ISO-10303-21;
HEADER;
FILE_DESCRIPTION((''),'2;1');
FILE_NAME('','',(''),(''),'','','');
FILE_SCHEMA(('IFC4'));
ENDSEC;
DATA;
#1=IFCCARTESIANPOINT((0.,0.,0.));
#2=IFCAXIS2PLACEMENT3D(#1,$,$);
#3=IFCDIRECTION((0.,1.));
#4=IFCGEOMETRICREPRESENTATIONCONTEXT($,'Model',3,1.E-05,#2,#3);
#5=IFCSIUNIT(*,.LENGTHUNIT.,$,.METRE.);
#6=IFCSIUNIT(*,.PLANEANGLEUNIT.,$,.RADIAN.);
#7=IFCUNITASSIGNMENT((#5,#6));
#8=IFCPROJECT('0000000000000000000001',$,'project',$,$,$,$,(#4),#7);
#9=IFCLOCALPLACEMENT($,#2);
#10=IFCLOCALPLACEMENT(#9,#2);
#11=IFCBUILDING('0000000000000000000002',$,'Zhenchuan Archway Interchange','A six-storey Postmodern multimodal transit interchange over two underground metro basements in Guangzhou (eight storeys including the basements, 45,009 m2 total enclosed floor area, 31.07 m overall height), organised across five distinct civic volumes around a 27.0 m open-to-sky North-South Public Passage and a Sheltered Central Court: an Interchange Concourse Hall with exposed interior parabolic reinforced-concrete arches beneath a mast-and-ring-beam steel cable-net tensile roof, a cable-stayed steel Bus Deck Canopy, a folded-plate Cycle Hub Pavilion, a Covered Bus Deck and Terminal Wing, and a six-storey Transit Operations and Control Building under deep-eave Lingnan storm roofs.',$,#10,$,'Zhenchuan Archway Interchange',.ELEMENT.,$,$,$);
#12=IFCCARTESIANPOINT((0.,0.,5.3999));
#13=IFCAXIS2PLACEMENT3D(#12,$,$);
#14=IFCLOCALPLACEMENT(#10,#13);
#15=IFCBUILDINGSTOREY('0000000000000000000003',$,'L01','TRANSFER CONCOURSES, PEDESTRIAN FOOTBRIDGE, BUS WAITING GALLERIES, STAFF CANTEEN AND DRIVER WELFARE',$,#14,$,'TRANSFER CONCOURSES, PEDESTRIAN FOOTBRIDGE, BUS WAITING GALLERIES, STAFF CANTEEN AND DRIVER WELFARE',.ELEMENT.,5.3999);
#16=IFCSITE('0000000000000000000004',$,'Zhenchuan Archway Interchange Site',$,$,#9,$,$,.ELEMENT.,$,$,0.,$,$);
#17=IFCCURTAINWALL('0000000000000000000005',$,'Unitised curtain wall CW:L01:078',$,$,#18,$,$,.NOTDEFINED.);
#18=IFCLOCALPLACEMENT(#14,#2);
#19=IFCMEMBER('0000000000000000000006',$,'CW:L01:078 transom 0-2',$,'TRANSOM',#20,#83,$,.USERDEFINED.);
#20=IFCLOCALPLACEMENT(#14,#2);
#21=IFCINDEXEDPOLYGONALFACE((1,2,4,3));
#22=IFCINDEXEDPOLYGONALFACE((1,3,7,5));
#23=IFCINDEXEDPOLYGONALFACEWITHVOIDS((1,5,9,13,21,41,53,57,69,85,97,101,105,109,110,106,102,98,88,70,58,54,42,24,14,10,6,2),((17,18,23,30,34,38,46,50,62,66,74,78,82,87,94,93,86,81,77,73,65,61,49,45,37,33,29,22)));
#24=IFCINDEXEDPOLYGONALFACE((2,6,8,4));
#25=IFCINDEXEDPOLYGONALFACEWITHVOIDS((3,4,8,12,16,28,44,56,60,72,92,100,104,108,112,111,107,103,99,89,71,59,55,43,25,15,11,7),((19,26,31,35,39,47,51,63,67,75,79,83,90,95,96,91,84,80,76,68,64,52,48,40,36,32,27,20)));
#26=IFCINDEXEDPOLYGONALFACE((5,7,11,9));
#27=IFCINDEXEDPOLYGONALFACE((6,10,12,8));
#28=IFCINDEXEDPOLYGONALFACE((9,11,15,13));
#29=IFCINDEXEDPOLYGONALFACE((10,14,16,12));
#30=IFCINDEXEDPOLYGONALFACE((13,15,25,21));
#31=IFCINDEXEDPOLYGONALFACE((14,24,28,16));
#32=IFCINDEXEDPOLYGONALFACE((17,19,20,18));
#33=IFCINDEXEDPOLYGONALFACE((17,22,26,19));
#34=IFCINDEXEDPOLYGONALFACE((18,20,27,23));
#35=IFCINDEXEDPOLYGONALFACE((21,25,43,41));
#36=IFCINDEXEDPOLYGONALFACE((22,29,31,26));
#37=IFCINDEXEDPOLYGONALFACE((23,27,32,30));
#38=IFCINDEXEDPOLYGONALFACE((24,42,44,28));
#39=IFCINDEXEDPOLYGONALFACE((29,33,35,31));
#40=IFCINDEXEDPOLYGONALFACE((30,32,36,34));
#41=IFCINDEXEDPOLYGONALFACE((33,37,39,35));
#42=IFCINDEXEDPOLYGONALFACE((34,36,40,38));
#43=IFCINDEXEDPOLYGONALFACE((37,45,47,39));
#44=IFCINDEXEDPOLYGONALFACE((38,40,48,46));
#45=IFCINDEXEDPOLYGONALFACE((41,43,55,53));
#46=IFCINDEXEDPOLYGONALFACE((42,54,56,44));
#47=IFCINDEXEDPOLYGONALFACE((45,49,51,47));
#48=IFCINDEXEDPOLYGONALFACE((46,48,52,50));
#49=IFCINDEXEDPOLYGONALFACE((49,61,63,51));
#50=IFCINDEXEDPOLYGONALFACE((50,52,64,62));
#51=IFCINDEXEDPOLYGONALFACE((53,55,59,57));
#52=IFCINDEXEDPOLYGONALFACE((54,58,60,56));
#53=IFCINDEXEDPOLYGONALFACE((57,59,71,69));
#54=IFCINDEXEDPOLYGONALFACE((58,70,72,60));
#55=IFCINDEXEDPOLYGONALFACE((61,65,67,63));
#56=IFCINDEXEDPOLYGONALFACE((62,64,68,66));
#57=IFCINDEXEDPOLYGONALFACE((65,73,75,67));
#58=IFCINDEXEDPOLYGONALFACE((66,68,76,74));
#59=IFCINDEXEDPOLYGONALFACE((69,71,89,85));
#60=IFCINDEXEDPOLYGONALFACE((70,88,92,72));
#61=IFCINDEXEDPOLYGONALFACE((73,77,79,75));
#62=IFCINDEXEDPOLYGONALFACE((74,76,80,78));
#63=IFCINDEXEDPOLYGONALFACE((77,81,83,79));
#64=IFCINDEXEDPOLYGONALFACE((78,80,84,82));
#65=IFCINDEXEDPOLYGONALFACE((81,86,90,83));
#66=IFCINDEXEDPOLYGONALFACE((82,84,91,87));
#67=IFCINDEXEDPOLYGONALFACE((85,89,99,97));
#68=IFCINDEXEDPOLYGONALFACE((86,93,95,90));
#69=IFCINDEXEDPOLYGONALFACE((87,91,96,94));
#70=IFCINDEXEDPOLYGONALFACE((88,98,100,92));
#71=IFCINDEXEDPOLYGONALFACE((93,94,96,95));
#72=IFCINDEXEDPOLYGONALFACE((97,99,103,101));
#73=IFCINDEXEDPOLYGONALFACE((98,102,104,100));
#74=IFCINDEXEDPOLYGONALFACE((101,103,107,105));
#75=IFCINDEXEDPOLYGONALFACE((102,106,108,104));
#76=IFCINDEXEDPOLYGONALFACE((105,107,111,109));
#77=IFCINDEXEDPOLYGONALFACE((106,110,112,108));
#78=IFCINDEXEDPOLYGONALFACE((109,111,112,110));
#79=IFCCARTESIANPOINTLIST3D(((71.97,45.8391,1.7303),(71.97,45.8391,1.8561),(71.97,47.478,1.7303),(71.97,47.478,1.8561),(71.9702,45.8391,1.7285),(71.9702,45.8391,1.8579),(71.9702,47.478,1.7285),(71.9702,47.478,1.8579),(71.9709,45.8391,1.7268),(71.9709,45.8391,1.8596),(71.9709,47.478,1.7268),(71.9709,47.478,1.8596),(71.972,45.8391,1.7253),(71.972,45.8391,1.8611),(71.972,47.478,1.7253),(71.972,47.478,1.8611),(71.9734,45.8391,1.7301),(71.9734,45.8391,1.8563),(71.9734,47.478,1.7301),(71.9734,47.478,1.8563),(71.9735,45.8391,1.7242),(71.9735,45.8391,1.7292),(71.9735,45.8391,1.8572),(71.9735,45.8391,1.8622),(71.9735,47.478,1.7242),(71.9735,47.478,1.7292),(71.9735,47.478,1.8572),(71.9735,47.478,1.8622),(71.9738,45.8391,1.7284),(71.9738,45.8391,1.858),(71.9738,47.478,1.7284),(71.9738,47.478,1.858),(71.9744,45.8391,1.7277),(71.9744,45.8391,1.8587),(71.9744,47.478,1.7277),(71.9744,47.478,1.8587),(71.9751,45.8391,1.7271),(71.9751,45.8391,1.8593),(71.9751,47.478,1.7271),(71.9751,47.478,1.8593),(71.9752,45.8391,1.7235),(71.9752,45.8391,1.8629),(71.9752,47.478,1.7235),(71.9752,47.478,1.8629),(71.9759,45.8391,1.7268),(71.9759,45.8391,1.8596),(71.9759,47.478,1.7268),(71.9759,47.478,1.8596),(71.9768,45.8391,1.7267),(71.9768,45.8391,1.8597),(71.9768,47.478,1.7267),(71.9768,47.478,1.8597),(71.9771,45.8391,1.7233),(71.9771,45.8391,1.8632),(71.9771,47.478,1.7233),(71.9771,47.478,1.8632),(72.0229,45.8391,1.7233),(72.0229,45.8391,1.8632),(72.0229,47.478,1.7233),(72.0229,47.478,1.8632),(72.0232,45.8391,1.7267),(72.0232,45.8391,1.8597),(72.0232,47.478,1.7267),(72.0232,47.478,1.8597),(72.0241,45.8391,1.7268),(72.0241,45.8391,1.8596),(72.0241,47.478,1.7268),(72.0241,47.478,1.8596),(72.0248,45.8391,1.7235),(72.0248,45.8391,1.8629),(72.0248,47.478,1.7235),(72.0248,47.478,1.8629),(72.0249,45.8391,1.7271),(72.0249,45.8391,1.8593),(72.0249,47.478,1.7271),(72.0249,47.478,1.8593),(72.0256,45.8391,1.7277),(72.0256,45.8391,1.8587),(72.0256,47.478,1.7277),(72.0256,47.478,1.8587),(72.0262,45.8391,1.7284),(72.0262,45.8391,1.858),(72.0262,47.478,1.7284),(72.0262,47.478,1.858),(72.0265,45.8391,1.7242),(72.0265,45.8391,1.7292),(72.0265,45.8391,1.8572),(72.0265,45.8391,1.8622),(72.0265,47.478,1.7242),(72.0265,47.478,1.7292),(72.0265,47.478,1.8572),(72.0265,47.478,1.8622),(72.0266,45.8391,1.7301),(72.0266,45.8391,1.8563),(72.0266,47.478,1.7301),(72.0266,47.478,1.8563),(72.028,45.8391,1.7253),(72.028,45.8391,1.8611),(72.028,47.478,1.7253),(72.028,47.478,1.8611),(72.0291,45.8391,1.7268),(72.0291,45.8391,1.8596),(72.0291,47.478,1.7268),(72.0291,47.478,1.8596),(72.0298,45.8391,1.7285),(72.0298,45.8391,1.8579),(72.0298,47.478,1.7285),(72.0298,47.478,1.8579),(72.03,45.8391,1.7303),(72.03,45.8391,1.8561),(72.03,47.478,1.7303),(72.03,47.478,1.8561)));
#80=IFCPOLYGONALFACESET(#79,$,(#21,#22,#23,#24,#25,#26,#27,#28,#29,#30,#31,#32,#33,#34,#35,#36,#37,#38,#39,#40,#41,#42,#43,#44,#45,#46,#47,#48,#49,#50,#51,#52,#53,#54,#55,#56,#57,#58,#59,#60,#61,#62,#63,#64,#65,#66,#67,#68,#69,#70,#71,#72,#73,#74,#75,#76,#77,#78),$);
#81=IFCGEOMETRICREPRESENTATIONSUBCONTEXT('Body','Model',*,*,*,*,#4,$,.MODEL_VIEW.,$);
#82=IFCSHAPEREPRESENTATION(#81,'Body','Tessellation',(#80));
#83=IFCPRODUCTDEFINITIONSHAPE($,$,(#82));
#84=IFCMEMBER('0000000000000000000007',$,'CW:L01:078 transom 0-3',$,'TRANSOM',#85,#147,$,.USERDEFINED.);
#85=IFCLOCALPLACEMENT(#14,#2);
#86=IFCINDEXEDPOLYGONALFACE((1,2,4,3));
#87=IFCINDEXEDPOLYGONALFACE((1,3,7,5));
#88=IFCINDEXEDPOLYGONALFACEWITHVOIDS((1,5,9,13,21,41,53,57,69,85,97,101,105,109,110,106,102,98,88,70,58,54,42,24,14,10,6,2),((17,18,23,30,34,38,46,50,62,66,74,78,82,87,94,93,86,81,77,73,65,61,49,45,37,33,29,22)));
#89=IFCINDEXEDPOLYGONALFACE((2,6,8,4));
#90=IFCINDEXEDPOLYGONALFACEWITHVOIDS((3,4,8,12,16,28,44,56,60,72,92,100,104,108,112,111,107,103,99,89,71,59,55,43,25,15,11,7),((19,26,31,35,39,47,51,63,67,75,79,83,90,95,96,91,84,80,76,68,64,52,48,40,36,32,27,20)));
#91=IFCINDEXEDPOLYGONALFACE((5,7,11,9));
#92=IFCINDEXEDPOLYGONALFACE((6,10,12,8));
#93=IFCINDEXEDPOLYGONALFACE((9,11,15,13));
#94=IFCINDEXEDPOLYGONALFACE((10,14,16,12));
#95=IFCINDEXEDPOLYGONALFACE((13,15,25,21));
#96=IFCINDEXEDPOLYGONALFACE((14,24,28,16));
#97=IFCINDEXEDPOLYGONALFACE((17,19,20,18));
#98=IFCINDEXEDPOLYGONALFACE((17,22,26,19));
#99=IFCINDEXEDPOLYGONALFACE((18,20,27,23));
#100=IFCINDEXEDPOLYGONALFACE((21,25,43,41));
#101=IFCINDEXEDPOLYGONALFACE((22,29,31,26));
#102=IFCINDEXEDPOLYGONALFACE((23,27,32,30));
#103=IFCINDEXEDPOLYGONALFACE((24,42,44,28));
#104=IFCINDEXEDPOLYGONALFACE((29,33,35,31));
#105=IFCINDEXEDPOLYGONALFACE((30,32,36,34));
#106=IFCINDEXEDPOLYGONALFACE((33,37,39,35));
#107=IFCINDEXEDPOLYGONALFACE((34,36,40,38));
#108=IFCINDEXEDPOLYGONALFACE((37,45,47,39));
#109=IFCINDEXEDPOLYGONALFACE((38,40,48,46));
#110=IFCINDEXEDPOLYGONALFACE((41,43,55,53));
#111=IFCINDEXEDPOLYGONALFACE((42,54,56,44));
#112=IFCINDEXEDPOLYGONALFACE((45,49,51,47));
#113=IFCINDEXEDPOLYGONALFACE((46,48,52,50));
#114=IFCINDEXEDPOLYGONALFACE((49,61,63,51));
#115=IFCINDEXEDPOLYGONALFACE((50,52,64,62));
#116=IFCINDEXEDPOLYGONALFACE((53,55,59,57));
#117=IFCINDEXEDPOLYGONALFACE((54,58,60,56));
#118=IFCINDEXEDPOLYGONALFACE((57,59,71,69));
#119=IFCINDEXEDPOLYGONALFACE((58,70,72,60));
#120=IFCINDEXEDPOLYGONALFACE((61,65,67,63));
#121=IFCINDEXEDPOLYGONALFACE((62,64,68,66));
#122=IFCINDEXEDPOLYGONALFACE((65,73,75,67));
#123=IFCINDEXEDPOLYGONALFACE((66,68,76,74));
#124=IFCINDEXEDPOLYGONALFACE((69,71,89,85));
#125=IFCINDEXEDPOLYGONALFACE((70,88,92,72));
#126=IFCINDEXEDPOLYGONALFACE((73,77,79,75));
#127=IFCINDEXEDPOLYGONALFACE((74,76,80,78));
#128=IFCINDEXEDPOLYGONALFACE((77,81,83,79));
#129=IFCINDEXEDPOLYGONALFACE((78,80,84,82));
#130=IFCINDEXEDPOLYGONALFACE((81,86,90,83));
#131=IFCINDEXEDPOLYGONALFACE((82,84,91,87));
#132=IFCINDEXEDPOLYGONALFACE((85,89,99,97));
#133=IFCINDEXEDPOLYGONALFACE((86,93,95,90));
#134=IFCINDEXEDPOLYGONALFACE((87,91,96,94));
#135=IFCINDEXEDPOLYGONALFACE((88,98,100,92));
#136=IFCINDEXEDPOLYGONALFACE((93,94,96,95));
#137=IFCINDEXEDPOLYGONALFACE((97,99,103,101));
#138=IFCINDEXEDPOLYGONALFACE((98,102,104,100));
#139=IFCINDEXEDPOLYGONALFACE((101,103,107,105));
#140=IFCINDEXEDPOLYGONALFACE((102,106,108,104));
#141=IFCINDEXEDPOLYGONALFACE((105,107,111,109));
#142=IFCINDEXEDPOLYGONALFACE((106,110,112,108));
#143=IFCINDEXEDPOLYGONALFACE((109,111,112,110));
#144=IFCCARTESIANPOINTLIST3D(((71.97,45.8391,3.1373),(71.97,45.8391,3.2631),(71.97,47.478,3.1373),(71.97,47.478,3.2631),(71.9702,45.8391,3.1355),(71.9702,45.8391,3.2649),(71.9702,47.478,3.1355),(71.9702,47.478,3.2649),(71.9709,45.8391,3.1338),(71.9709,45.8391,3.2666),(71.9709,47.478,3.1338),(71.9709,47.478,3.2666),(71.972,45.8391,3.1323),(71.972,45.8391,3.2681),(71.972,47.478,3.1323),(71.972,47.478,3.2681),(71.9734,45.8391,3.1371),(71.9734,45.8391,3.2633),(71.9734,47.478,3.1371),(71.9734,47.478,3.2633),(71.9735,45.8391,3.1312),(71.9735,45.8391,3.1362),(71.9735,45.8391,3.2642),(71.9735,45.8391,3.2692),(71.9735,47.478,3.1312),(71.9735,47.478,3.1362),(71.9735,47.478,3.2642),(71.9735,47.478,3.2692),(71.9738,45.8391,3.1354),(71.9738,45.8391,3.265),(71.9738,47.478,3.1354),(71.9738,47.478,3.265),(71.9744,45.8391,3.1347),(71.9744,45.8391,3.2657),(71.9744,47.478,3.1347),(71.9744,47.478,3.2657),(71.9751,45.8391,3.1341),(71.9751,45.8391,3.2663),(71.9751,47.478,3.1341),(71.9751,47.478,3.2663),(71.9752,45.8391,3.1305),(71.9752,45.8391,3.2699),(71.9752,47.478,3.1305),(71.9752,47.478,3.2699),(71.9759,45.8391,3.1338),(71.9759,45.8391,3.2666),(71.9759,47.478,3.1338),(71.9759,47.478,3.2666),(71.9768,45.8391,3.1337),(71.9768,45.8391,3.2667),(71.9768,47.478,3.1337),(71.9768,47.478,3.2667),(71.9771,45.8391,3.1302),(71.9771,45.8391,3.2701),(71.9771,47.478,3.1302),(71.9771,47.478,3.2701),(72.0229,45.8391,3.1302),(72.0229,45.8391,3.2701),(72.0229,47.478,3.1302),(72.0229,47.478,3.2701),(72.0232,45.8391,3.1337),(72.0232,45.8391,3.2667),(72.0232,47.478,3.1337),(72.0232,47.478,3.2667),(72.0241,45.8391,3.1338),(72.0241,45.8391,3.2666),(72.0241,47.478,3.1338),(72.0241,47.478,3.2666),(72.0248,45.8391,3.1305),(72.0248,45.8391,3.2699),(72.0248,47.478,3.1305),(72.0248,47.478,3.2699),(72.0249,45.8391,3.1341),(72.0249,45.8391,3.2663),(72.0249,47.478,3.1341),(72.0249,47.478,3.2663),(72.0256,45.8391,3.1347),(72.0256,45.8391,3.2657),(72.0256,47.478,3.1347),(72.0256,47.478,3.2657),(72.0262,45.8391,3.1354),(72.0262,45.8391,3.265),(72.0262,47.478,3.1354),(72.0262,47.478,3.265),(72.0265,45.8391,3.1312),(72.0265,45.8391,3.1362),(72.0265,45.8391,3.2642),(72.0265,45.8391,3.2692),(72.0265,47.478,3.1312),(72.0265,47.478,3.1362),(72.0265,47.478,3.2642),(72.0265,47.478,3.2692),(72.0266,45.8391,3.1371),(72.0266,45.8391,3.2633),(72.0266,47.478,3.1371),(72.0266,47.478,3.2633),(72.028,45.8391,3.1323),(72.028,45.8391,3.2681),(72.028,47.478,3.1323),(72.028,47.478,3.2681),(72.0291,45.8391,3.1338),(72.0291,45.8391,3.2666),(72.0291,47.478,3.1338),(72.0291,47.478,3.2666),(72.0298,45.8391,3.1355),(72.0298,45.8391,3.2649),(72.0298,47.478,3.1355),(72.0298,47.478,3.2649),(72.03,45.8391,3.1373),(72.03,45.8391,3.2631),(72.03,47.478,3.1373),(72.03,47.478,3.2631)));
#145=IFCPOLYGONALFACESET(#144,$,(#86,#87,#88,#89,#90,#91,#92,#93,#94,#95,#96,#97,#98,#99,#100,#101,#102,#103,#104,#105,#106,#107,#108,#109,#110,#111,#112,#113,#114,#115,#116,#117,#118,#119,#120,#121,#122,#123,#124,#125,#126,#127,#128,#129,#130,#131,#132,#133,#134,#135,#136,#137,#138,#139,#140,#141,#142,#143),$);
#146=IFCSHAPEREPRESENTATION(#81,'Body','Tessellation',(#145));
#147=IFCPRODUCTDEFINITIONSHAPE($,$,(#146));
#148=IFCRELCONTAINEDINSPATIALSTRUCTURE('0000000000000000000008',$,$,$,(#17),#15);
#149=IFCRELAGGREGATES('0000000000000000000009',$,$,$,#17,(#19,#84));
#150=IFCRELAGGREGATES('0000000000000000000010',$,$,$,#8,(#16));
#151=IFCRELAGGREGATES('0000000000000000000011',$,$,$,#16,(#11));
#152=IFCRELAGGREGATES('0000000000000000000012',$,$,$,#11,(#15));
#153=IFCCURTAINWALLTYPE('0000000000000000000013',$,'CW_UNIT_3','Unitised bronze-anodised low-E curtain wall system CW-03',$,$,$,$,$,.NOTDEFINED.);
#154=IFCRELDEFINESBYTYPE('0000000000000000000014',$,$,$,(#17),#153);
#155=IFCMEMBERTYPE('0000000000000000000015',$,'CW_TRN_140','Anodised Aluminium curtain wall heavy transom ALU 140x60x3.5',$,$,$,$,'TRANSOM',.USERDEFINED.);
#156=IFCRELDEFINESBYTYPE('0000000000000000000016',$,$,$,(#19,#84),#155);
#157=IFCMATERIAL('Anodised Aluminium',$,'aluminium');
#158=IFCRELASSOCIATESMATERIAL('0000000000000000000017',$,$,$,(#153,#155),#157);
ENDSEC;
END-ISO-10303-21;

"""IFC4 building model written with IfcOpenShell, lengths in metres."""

from ifc_helpers import new_model, si_unit, direction, frame, origin, origin_2d, place, context, subcontext, project, spatial, hollow_rectangle, extrude, material, material_profile, profile_set, type_object, element, aggregate, save


model = new_model("IFC4")

# Units and contexts
model_context = context("Model", 3, precision=1e-05, world=origin(), true_north=direction((0.0, 1.0)))
body_context = subcontext(model_context, "Body", "Model", "MODEL_VIEW")
ifc_project = project(units=[si_unit("LENGTHUNIT", "METRE"), si_unit("PLANEANGLEUNIT", "RADIAN")], contexts=[model_context])

# Site, building, storey
site_placement = place(None, origin())
site = spatial("IfcSite", under=ifc_project, at=site_placement, Name="Zhenchuan Archway Interchange Site", CompositionType="ELEMENT", RefElevation=0.0)
building_placement = place(site_placement, origin())
building = spatial("IfcBuilding", under=site, at=building_placement, Name="Zhenchuan Archway Interchange", Description="A six-storey Postmodern multimodal transit interchange over two underground metro basements in Guangzhou (eight storeys including the basements, 45,009 m2 total enclosed floor area, 31.07 m overall height), organised across five distinct civic volumes around a 27.0 m open-to-sky North-South Public Passage and a Sheltered Central Court: an Interchange Concourse Hall with exposed interior parabolic reinforced-concrete arches beneath a mast-and-ring-beam steel cable-net tensile roof, a cable-stayed steel Bus Deck Canopy, a folded-plate Cycle Hub Pavilion, a Covered Bus Deck and Terminal Wing, and a six-storey Transit Operations and Control Building under deep-eave Lingnan storm roofs.", LongName="Zhenchuan Archway Interchange", CompositionType="ELEMENT")
storey_placement = place(building_placement, frame((0.0, 0.0, 5.3999)))
storey = spatial("IfcBuildingStorey", under=building, at=storey_placement, Name="L01", Description="TRANSFER CONCOURSES, PEDESTRIAN FOOTBRIDGE, BUS WAITING GALLERIES, STAFF CANTEEN AND DRIVER WELFARE", LongName="TRANSFER CONCOURSES, PEDESTRIAN FOOTBRIDGE, BUS WAITING GALLERIES, STAFF CANTEEN AND DRIVER WELFARE", CompositionType="ELEMENT", Elevation=5.3999)

# Curtain wall, members
ifc_material_1 = material(Name="Anodised Aluminium", Category="aluminium")
curtain_wall_type = type_object("IfcCurtainWallType", Name="CW_UNIT_3", Description="Unitised bronze-anodised low-E curtain wall system CW-03", PredefinedType="NOTDEFINED", material=ifc_material_1)
curtain_wall_placement = place(storey_placement, origin())
curtain_wall = element("IfcCurtainWall", 1, at=curtain_wall_placement, inside=storey, type_object=curtain_wall_type, Name="Unitised curtain wall CW:L01:078", PredefinedType="NOTDEFINED")
ifc_material_profile_1 = material_profile(ifc_material_1, hollow_rectangle(XDim=0.0601, YDim=0.1399, WallThickness=0.0034, InnerFilletRadius=0.0034, OuterFilletRadius=0.0071, at=origin_2d()), Name="ALU 140x60x3.5")
ifc_profile_set_1 = profile_set([ifc_material_profile_1], Name="Anodised Aluminium")
member_type_1 = type_object("IfcMemberType", Name="CW_TRN_140", Description="Anodised Aluminium curtain wall heavy transom ALU 140x60x3.5", ElementType="TRANSOM", PredefinedType="USERDEFINED", material=ifc_profile_set_1)
member_1_placement = place(storey_placement, frame((72.0, 47.478, 1.7932), z_axis=(0.0, -1.0, 0.0), x_axis=(1.0, 0.0, 0.0)))
member_1 = element("IfcMember", 2, at=member_1_placement, type_object=member_type_1, Name="CW:L01:078 transom 0-2", ObjectType="TRANSOM", PredefinedType="USERDEFINED", context=body_context, shape_type="SweptSolid", body=[
    extrude(hollow_rectangle(XDim=0.0601, YDim=0.1399, WallThickness=0.0034, InnerFilletRadius=0.0034, OuterFilletRadius=0.0071, at=origin_2d()), origin(), (0.0, 0.0, 1.0), 1.6389),
])
member_2_placement = place(storey_placement, frame((72.0, 47.478, 3.2002), z_axis=(0.0, -1.0, 0.0), x_axis=(1.0, 0.0, 0.0)))
member_2 = element("IfcMember", 3, at=member_2_placement, type_object=member_type_1, Name="CW:L01:078 transom 0-3", ObjectType="TRANSOM", PredefinedType="USERDEFINED", context=body_context, shape_type="SweptSolid", body=[
    extrude(hollow_rectangle(XDim=0.0601, YDim=0.1399, WallThickness=0.0034, InnerFilletRadius=0.0034, OuterFilletRadius=0.0071, at=origin_2d()), origin(), (0.0, 0.0, 1.0), 1.6389),
])

aggregate(curtain_wall, [member_1, member_2])

save(model, "model.ifc")
